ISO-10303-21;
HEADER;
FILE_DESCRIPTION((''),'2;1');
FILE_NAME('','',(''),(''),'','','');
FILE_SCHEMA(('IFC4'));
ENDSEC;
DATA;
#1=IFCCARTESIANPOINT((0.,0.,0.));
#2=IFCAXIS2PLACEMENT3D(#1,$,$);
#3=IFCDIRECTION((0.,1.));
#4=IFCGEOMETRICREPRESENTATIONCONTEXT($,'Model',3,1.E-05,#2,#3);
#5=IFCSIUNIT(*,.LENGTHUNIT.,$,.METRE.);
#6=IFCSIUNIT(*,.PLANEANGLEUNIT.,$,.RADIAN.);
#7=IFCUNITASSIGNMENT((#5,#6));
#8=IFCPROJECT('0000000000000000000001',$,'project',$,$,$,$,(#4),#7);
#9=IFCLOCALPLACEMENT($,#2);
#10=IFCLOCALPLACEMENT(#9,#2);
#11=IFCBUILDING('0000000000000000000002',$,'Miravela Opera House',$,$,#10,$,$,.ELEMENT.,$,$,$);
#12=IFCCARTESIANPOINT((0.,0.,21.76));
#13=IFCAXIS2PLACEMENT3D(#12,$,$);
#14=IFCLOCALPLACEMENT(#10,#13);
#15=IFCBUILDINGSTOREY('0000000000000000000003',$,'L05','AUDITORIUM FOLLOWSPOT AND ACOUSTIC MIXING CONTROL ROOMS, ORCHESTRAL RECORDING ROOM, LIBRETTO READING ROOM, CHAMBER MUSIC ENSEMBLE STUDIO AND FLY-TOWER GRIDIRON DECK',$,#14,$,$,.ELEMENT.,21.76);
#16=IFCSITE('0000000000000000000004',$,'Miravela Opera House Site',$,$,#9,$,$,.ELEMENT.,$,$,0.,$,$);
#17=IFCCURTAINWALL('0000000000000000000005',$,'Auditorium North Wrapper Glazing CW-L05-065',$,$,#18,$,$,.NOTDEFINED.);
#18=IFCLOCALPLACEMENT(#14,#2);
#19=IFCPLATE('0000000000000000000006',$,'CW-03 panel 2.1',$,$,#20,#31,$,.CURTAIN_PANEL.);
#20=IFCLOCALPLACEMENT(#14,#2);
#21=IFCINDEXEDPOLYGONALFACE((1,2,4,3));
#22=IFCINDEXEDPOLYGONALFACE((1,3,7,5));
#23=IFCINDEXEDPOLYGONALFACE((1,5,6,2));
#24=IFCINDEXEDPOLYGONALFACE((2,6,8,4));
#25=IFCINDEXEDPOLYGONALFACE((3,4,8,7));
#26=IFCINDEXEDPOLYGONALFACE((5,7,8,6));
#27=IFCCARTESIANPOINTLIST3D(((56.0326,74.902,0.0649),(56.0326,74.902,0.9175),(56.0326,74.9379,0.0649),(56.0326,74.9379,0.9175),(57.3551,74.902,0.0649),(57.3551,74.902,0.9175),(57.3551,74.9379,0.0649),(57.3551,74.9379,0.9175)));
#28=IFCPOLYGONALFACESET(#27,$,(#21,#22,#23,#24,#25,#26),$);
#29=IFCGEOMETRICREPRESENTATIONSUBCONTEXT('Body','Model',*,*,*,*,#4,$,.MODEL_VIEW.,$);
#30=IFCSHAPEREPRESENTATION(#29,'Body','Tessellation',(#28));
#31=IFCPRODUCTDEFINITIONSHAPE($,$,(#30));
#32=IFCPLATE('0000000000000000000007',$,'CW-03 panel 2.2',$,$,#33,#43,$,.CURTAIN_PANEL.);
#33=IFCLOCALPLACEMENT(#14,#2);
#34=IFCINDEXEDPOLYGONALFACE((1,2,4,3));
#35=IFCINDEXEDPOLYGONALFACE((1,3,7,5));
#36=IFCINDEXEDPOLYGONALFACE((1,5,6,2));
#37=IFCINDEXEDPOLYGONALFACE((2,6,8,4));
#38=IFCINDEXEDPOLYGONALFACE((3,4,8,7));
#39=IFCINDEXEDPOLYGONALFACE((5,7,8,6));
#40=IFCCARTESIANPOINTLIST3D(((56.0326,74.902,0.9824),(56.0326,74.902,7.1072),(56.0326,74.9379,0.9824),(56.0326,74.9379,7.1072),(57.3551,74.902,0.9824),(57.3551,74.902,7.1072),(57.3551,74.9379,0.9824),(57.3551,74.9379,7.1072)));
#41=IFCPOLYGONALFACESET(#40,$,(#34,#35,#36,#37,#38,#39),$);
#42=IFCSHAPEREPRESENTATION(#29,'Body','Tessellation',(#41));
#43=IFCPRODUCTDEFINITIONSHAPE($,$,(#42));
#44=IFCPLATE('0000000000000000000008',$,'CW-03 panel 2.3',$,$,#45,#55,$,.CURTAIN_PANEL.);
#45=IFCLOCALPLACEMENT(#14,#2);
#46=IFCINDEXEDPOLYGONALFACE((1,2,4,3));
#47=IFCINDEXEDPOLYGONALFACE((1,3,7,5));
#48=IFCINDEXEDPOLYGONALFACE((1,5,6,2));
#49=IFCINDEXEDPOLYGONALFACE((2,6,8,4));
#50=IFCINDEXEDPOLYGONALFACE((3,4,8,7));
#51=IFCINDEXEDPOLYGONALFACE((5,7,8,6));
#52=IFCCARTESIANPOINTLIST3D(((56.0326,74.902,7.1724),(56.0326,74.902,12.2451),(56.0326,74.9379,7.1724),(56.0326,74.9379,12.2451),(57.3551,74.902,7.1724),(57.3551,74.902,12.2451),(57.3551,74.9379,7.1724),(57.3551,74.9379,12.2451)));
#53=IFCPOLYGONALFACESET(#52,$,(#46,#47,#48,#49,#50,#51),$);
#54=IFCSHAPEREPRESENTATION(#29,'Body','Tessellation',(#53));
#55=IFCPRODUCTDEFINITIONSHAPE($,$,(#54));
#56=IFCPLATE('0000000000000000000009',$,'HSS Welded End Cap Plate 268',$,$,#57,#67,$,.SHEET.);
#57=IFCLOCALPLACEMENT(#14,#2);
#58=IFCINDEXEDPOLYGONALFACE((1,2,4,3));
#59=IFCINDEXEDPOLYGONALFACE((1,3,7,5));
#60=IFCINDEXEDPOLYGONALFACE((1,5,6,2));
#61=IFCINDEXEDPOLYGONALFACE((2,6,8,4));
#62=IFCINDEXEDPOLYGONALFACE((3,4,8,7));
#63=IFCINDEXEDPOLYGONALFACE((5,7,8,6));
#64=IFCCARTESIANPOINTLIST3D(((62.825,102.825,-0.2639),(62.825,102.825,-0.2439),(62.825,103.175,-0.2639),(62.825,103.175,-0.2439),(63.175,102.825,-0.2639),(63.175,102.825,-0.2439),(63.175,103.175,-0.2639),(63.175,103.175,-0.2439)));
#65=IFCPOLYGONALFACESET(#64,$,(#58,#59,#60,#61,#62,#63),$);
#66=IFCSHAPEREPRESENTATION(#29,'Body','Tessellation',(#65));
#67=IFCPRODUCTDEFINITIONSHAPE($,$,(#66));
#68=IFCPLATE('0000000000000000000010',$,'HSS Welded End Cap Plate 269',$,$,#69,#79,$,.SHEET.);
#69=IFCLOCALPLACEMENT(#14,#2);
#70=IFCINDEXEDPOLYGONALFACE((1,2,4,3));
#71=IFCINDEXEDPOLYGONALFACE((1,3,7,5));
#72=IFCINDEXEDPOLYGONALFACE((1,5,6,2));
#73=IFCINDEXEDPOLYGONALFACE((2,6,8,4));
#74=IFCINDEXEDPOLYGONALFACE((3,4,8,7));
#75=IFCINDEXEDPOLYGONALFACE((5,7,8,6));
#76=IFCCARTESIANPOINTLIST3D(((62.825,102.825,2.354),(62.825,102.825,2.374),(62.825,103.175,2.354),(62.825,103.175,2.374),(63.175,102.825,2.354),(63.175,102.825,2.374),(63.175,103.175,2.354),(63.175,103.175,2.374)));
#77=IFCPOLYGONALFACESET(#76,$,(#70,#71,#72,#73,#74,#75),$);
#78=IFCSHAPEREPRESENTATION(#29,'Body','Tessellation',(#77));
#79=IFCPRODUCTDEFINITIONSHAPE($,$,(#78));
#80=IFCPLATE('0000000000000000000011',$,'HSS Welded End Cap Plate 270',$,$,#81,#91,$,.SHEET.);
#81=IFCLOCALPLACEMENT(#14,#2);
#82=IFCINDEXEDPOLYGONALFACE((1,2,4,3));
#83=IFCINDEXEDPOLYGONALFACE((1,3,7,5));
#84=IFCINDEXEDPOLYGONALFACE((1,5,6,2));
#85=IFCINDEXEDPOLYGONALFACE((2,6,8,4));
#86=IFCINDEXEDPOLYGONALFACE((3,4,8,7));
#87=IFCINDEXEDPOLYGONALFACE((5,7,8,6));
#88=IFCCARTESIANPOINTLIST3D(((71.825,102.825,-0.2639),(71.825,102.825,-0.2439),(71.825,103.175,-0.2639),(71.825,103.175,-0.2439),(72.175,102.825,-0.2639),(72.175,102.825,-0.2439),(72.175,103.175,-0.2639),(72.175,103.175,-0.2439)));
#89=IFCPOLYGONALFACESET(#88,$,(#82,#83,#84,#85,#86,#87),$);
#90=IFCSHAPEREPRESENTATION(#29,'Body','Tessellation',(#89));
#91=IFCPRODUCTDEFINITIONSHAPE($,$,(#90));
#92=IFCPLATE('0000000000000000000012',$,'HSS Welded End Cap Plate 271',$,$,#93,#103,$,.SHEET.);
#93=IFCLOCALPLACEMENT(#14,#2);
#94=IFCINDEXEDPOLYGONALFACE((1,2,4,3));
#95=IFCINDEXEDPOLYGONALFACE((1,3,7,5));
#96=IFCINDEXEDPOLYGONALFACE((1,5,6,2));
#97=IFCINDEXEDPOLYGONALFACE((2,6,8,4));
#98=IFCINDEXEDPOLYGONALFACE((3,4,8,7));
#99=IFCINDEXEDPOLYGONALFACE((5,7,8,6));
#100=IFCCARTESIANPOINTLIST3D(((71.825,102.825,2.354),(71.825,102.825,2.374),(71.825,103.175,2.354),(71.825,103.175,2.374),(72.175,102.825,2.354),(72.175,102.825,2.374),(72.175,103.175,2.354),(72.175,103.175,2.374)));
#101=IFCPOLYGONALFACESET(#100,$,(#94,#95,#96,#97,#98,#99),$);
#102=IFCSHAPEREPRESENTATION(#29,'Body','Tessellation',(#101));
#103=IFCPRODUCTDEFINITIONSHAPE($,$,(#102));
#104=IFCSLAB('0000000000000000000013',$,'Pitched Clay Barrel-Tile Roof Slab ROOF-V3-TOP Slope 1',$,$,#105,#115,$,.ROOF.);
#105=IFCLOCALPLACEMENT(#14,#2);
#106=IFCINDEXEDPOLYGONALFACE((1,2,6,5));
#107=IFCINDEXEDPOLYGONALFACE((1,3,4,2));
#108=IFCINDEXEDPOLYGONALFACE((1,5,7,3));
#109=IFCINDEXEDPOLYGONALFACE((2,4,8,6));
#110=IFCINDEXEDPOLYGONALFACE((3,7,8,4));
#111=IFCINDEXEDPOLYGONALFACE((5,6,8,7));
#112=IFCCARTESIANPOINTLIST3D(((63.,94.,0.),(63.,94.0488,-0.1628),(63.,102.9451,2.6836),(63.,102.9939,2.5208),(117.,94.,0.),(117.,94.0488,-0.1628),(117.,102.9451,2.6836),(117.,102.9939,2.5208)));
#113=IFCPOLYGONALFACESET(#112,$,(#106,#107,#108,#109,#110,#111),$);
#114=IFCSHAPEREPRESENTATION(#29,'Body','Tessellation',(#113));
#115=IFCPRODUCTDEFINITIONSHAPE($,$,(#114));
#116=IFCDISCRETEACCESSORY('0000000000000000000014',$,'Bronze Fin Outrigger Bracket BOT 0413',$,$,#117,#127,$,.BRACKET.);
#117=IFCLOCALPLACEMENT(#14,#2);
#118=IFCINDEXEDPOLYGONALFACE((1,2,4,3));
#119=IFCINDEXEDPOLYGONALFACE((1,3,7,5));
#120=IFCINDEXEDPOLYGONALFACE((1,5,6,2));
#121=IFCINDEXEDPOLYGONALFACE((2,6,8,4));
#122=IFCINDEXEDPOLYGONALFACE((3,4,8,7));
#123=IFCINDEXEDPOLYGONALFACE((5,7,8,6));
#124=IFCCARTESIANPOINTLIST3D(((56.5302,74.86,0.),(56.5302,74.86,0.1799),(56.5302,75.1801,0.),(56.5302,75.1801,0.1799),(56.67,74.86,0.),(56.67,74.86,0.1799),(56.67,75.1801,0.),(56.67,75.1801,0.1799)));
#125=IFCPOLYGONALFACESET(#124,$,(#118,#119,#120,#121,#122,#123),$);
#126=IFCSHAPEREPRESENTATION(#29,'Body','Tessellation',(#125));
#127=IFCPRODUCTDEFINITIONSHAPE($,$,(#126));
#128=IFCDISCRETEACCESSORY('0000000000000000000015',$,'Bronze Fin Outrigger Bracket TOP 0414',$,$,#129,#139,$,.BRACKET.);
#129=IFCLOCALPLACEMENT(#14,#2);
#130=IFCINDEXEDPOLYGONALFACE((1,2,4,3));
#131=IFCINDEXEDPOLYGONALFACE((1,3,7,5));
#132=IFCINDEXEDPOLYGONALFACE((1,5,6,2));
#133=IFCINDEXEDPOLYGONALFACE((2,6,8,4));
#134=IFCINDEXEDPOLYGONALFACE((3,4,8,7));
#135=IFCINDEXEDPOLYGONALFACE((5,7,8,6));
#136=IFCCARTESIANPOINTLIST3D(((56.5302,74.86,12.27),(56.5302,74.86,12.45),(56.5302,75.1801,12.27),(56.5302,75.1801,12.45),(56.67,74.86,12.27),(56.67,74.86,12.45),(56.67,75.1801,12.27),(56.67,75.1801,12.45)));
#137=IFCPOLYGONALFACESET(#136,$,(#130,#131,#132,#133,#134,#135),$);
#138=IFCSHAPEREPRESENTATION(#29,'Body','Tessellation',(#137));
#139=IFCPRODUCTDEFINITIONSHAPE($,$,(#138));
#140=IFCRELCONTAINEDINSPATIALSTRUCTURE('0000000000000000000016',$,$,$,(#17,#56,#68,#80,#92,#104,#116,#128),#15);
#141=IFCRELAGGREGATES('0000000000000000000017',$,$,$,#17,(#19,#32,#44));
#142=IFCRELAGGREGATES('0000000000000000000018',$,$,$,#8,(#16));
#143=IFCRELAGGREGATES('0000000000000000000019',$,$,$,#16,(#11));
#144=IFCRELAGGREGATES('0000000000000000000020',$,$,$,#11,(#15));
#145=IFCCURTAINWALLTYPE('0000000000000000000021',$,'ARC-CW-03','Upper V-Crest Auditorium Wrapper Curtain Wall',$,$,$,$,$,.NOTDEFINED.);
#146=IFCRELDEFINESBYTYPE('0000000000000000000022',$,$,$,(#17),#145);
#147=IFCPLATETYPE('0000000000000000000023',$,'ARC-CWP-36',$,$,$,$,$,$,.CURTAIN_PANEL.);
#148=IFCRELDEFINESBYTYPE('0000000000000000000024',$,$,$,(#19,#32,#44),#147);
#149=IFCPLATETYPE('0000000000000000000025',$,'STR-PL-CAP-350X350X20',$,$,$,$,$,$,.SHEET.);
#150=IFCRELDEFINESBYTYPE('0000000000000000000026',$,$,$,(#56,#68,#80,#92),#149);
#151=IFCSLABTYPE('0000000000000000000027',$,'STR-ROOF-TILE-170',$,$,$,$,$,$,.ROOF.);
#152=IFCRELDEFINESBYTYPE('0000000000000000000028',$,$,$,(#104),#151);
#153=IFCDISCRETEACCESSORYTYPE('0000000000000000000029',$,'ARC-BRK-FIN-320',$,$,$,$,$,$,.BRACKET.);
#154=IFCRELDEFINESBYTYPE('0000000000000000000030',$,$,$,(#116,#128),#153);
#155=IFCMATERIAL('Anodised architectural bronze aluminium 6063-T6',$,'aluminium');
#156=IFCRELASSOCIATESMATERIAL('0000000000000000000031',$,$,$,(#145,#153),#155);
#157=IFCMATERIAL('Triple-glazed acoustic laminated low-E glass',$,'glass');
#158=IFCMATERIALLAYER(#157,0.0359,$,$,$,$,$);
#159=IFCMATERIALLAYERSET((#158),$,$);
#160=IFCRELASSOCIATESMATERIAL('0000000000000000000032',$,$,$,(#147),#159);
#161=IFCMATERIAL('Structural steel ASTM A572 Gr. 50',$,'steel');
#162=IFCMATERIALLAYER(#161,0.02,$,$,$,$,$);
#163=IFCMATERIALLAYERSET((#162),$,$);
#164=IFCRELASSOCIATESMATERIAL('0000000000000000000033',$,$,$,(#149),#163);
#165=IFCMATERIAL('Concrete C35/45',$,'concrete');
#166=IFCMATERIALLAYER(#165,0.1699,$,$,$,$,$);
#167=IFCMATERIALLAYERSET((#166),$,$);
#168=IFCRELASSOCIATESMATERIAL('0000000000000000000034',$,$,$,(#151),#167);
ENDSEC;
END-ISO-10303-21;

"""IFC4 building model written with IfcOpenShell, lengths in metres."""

from ifc_helpers import new_model, si_unit, direction, frame, origin, origin_2d, place, context, subcontext, project, spatial, polyline, rectangle, outline, extrude, material, layer, layer_set, type_object, element, aggregate, save


model = new_model("IFC4")

# Units and contexts
model_context = context("Model", 3, precision=1e-05, world=origin(), true_north=direction((0.0, 1.0)))
body_context = subcontext(model_context, "Body", "Model", "MODEL_VIEW")
ifc_project = project(units=[si_unit("LENGTHUNIT", "METRE"), si_unit("PLANEANGLEUNIT", "RADIAN")], contexts=[model_context])

# Site, building, storey
site_placement = place(None, origin())
site = spatial("IfcSite", under=ifc_project, at=site_placement, Name="Miravela Opera House Site", CompositionType="ELEMENT", RefElevation=0.0)
building_placement = place(site_placement, origin())
building = spatial("IfcBuilding", under=site, at=building_placement, Name="Miravela Opera House", CompositionType="ELEMENT")
storey_placement = place(building_placement, frame((0.0, 0.0, 21.76)))
storey = spatial("IfcBuildingStorey", under=building, at=storey_placement, Name="L05", Description="AUDITORIUM FOLLOWSPOT AND ACOUSTIC MIXING CONTROL ROOMS, ORCHESTRAL RECORDING ROOM, LIBRETTO READING ROOM, CHAMBER MUSIC ENSEMBLE STUDIO AND FLY-TOWER GRIDIRON DECK", CompositionType="ELEMENT", Elevation=21.76)

# Shared definitions
ifc_material_1 = material(Name="Concrete C35/45", Category="concrete")

# Curtain wall
ifc_material_2 = material(Name="Anodised architectural bronze aluminium 6063-T6", Category="aluminium")
curtain_wall_type = type_object("IfcCurtainWallType", Name="ARC-CW-03", Description="Upper V-Crest Auditorium Wrapper Curtain Wall", PredefinedType="NOTDEFINED", material=ifc_material_2)
curtain_wall_placement = place(storey_placement, origin())
curtain_wall = element("IfcCurtainWall", 1, at=curtain_wall_placement, inside=storey, type_object=curtain_wall_type, Name="Auditorium North Wrapper Glazing CW-L05-065", PredefinedType="NOTDEFINED")

# Plates
ifc_material_3 = material(Name="Triple-glazed acoustic laminated low-E glass", Category="glass")
ifc_layer_1 = layer(ifc_material_3, 0.0359)
ifc_layer_set_1 = layer_set([ifc_layer_1])
plate_type_1 = type_object("IfcPlateType", Name="ARC-CWP-36", PredefinedType="CURTAIN_PANEL", material=ifc_layer_set_1)
plate_1_placement = place(storey_placement, frame((56.6938, 74.9199, 0.0649), z_axis=(0.0, 0.0, 1.0), x_axis=(1.0, 0.0, 0.0)))
plate_1 = element("IfcPlate", 2, at=plate_1_placement, type_object=plate_type_1, Name="CW-03 panel 2.1", PredefinedType="CURTAIN_PANEL", context=body_context, shape_type="SweptSolid", body=[
    extrude(rectangle(XDim=1.3225, YDim=0.0359, at=origin_2d()), origin(), (0.0, 0.0, 1.0), 0.8525),
])
plate_2_placement = place(storey_placement, frame((56.6938, 74.9199, 0.9824), z_axis=(0.0, 0.0, 1.0), x_axis=(1.0, 0.0, 0.0)))
plate_2 = element("IfcPlate", 3, at=plate_2_placement, type_object=plate_type_1, Name="CW-03 panel 2.2", PredefinedType="CURTAIN_PANEL", context=body_context, shape_type="SweptSolid", body=[
    extrude(rectangle(XDim=1.3225, YDim=0.0359, at=origin_2d()), origin(), (0.0, 0.0, 1.0), 6.1248),
])
plate_3_placement = place(storey_placement, frame((56.6938, 74.9199, 7.1724), z_axis=(0.0, 0.0, 1.0), x_axis=(1.0, 0.0, 0.0)))
plate_3 = element("IfcPlate", 4, at=plate_3_placement, type_object=plate_type_1, Name="CW-03 panel 2.3", PredefinedType="CURTAIN_PANEL", context=body_context, shape_type="SweptSolid", body=[
    extrude(rectangle(XDim=1.3225, YDim=0.0359, at=origin_2d()), origin(), (0.0, 0.0, 1.0), 5.0728),
])
aggregate(curtain_wall, [plate_1, plate_2, plate_3])

# Plates
ifc_material_4 = material(Name="Structural steel ASTM A572 Gr. 50", Category="steel")
ifc_layer_2 = layer(ifc_material_4, 0.02)
ifc_layer_set_2 = layer_set([ifc_layer_2])
plate_type_2 = type_object("IfcPlateType", Name="STR-PL-CAP-350X350X20", PredefinedType="SHEET", material=ifc_layer_set_2)
for number, where, z_axis, x_axis, name in (
    (5, (63.0, 103.0, -0.2639), (0.0, 0.0, 1.0), (1.0, 0.0, 0.0), "HSS Welded End Cap Plate 268"),
    (6, (63.0, 103.0, 2.354), (0.0, 0.0, 1.0), (1.0, 0.0, 0.0), "HSS Welded End Cap Plate 269"),
    (7, (72.0, 103.0, -0.2639), (0.0, 0.0, 1.0), (1.0, 0.0, 0.0), "HSS Welded End Cap Plate 270"),
    (8, (72.0, 103.0, 2.354), (0.0, 0.0, 1.0), (1.0, 0.0, 0.0), "HSS Welded End Cap Plate 271"),
):
    element("IfcPlate", number, at=place(storey_placement, frame(where, z_axis=z_axis, x_axis=x_axis)), inside=storey, type_object=plate_type_2, Name=name, PredefinedType="SHEET", context=body_context, shape_type="SweptSolid", body=[
        extrude(rectangle(XDim=0.3501, YDim=0.3501, at=origin_2d()), origin(), (0.0, 0.0, 1.0), 0.02),
    ])

# Slab
ifc_layer_3 = layer(ifc_material_1, 0.1699)
ifc_layer_set_3 = layer_set([ifc_layer_3])
slab_type = type_object("IfcSlabType", Name="STR-ROOF-TILE-170", PredefinedType="ROOF", material=ifc_layer_set_3)
slab_placement = place(storey_placement, frame((63.0, 94.0, 0.0), z_axis=(0.0, -0.287355, 0.957824), x_axis=(1.0, 0.0, 0.0)))
element("IfcSlab", 9, at=slab_placement, inside=storey, type_object=slab_type, Name="Pitched Clay Barrel-Tile Roof Slab ROOF-V3-TOP Slope 1", PredefinedType="ROOF", context=body_context, shape_type="SweptSolid", body=[
    extrude(outline(polyline([(0.0, 0.0), (54.0, 0.0), (54.0, 9.3389), (0.0, 9.3389), (0.0, 0.0)])), origin(), (0.0, 0.0, -1.0), 0.1699),
])

# Discrete accessories
discrete_accessory_type = type_object("IfcDiscreteAccessoryType", Name="ARC-BRK-FIN-320", PredefinedType="BRACKET", material=ifc_material_2)
for number, where, z_axis, x_axis, name in (
    (10, (56.6001, 75.02, 0.0), (0.0, 0.0, 1.0), (0.0, 1.0, 0.0), "Bronze Fin Outrigger Bracket BOT 0413"),
    (11, (56.6001, 75.02, 12.27), (0.0, 0.0, 1.0), (0.0, 1.0, 0.0), "Bronze Fin Outrigger Bracket TOP 0414"),
):
    element("IfcDiscreteAccessory", number, at=place(storey_placement, frame(where, z_axis=z_axis, x_axis=x_axis)), inside=storey, type_object=discrete_accessory_type, Name=name, PredefinedType="BRACKET", context=body_context, shape_type="SweptSolid", body=[
        extrude(rectangle(XDim=0.3201, YDim=0.1399, at=origin_2d()), origin(), (0.0, 0.0, 1.0), 0.1799),
    ])

save(model, "model.ifc")
